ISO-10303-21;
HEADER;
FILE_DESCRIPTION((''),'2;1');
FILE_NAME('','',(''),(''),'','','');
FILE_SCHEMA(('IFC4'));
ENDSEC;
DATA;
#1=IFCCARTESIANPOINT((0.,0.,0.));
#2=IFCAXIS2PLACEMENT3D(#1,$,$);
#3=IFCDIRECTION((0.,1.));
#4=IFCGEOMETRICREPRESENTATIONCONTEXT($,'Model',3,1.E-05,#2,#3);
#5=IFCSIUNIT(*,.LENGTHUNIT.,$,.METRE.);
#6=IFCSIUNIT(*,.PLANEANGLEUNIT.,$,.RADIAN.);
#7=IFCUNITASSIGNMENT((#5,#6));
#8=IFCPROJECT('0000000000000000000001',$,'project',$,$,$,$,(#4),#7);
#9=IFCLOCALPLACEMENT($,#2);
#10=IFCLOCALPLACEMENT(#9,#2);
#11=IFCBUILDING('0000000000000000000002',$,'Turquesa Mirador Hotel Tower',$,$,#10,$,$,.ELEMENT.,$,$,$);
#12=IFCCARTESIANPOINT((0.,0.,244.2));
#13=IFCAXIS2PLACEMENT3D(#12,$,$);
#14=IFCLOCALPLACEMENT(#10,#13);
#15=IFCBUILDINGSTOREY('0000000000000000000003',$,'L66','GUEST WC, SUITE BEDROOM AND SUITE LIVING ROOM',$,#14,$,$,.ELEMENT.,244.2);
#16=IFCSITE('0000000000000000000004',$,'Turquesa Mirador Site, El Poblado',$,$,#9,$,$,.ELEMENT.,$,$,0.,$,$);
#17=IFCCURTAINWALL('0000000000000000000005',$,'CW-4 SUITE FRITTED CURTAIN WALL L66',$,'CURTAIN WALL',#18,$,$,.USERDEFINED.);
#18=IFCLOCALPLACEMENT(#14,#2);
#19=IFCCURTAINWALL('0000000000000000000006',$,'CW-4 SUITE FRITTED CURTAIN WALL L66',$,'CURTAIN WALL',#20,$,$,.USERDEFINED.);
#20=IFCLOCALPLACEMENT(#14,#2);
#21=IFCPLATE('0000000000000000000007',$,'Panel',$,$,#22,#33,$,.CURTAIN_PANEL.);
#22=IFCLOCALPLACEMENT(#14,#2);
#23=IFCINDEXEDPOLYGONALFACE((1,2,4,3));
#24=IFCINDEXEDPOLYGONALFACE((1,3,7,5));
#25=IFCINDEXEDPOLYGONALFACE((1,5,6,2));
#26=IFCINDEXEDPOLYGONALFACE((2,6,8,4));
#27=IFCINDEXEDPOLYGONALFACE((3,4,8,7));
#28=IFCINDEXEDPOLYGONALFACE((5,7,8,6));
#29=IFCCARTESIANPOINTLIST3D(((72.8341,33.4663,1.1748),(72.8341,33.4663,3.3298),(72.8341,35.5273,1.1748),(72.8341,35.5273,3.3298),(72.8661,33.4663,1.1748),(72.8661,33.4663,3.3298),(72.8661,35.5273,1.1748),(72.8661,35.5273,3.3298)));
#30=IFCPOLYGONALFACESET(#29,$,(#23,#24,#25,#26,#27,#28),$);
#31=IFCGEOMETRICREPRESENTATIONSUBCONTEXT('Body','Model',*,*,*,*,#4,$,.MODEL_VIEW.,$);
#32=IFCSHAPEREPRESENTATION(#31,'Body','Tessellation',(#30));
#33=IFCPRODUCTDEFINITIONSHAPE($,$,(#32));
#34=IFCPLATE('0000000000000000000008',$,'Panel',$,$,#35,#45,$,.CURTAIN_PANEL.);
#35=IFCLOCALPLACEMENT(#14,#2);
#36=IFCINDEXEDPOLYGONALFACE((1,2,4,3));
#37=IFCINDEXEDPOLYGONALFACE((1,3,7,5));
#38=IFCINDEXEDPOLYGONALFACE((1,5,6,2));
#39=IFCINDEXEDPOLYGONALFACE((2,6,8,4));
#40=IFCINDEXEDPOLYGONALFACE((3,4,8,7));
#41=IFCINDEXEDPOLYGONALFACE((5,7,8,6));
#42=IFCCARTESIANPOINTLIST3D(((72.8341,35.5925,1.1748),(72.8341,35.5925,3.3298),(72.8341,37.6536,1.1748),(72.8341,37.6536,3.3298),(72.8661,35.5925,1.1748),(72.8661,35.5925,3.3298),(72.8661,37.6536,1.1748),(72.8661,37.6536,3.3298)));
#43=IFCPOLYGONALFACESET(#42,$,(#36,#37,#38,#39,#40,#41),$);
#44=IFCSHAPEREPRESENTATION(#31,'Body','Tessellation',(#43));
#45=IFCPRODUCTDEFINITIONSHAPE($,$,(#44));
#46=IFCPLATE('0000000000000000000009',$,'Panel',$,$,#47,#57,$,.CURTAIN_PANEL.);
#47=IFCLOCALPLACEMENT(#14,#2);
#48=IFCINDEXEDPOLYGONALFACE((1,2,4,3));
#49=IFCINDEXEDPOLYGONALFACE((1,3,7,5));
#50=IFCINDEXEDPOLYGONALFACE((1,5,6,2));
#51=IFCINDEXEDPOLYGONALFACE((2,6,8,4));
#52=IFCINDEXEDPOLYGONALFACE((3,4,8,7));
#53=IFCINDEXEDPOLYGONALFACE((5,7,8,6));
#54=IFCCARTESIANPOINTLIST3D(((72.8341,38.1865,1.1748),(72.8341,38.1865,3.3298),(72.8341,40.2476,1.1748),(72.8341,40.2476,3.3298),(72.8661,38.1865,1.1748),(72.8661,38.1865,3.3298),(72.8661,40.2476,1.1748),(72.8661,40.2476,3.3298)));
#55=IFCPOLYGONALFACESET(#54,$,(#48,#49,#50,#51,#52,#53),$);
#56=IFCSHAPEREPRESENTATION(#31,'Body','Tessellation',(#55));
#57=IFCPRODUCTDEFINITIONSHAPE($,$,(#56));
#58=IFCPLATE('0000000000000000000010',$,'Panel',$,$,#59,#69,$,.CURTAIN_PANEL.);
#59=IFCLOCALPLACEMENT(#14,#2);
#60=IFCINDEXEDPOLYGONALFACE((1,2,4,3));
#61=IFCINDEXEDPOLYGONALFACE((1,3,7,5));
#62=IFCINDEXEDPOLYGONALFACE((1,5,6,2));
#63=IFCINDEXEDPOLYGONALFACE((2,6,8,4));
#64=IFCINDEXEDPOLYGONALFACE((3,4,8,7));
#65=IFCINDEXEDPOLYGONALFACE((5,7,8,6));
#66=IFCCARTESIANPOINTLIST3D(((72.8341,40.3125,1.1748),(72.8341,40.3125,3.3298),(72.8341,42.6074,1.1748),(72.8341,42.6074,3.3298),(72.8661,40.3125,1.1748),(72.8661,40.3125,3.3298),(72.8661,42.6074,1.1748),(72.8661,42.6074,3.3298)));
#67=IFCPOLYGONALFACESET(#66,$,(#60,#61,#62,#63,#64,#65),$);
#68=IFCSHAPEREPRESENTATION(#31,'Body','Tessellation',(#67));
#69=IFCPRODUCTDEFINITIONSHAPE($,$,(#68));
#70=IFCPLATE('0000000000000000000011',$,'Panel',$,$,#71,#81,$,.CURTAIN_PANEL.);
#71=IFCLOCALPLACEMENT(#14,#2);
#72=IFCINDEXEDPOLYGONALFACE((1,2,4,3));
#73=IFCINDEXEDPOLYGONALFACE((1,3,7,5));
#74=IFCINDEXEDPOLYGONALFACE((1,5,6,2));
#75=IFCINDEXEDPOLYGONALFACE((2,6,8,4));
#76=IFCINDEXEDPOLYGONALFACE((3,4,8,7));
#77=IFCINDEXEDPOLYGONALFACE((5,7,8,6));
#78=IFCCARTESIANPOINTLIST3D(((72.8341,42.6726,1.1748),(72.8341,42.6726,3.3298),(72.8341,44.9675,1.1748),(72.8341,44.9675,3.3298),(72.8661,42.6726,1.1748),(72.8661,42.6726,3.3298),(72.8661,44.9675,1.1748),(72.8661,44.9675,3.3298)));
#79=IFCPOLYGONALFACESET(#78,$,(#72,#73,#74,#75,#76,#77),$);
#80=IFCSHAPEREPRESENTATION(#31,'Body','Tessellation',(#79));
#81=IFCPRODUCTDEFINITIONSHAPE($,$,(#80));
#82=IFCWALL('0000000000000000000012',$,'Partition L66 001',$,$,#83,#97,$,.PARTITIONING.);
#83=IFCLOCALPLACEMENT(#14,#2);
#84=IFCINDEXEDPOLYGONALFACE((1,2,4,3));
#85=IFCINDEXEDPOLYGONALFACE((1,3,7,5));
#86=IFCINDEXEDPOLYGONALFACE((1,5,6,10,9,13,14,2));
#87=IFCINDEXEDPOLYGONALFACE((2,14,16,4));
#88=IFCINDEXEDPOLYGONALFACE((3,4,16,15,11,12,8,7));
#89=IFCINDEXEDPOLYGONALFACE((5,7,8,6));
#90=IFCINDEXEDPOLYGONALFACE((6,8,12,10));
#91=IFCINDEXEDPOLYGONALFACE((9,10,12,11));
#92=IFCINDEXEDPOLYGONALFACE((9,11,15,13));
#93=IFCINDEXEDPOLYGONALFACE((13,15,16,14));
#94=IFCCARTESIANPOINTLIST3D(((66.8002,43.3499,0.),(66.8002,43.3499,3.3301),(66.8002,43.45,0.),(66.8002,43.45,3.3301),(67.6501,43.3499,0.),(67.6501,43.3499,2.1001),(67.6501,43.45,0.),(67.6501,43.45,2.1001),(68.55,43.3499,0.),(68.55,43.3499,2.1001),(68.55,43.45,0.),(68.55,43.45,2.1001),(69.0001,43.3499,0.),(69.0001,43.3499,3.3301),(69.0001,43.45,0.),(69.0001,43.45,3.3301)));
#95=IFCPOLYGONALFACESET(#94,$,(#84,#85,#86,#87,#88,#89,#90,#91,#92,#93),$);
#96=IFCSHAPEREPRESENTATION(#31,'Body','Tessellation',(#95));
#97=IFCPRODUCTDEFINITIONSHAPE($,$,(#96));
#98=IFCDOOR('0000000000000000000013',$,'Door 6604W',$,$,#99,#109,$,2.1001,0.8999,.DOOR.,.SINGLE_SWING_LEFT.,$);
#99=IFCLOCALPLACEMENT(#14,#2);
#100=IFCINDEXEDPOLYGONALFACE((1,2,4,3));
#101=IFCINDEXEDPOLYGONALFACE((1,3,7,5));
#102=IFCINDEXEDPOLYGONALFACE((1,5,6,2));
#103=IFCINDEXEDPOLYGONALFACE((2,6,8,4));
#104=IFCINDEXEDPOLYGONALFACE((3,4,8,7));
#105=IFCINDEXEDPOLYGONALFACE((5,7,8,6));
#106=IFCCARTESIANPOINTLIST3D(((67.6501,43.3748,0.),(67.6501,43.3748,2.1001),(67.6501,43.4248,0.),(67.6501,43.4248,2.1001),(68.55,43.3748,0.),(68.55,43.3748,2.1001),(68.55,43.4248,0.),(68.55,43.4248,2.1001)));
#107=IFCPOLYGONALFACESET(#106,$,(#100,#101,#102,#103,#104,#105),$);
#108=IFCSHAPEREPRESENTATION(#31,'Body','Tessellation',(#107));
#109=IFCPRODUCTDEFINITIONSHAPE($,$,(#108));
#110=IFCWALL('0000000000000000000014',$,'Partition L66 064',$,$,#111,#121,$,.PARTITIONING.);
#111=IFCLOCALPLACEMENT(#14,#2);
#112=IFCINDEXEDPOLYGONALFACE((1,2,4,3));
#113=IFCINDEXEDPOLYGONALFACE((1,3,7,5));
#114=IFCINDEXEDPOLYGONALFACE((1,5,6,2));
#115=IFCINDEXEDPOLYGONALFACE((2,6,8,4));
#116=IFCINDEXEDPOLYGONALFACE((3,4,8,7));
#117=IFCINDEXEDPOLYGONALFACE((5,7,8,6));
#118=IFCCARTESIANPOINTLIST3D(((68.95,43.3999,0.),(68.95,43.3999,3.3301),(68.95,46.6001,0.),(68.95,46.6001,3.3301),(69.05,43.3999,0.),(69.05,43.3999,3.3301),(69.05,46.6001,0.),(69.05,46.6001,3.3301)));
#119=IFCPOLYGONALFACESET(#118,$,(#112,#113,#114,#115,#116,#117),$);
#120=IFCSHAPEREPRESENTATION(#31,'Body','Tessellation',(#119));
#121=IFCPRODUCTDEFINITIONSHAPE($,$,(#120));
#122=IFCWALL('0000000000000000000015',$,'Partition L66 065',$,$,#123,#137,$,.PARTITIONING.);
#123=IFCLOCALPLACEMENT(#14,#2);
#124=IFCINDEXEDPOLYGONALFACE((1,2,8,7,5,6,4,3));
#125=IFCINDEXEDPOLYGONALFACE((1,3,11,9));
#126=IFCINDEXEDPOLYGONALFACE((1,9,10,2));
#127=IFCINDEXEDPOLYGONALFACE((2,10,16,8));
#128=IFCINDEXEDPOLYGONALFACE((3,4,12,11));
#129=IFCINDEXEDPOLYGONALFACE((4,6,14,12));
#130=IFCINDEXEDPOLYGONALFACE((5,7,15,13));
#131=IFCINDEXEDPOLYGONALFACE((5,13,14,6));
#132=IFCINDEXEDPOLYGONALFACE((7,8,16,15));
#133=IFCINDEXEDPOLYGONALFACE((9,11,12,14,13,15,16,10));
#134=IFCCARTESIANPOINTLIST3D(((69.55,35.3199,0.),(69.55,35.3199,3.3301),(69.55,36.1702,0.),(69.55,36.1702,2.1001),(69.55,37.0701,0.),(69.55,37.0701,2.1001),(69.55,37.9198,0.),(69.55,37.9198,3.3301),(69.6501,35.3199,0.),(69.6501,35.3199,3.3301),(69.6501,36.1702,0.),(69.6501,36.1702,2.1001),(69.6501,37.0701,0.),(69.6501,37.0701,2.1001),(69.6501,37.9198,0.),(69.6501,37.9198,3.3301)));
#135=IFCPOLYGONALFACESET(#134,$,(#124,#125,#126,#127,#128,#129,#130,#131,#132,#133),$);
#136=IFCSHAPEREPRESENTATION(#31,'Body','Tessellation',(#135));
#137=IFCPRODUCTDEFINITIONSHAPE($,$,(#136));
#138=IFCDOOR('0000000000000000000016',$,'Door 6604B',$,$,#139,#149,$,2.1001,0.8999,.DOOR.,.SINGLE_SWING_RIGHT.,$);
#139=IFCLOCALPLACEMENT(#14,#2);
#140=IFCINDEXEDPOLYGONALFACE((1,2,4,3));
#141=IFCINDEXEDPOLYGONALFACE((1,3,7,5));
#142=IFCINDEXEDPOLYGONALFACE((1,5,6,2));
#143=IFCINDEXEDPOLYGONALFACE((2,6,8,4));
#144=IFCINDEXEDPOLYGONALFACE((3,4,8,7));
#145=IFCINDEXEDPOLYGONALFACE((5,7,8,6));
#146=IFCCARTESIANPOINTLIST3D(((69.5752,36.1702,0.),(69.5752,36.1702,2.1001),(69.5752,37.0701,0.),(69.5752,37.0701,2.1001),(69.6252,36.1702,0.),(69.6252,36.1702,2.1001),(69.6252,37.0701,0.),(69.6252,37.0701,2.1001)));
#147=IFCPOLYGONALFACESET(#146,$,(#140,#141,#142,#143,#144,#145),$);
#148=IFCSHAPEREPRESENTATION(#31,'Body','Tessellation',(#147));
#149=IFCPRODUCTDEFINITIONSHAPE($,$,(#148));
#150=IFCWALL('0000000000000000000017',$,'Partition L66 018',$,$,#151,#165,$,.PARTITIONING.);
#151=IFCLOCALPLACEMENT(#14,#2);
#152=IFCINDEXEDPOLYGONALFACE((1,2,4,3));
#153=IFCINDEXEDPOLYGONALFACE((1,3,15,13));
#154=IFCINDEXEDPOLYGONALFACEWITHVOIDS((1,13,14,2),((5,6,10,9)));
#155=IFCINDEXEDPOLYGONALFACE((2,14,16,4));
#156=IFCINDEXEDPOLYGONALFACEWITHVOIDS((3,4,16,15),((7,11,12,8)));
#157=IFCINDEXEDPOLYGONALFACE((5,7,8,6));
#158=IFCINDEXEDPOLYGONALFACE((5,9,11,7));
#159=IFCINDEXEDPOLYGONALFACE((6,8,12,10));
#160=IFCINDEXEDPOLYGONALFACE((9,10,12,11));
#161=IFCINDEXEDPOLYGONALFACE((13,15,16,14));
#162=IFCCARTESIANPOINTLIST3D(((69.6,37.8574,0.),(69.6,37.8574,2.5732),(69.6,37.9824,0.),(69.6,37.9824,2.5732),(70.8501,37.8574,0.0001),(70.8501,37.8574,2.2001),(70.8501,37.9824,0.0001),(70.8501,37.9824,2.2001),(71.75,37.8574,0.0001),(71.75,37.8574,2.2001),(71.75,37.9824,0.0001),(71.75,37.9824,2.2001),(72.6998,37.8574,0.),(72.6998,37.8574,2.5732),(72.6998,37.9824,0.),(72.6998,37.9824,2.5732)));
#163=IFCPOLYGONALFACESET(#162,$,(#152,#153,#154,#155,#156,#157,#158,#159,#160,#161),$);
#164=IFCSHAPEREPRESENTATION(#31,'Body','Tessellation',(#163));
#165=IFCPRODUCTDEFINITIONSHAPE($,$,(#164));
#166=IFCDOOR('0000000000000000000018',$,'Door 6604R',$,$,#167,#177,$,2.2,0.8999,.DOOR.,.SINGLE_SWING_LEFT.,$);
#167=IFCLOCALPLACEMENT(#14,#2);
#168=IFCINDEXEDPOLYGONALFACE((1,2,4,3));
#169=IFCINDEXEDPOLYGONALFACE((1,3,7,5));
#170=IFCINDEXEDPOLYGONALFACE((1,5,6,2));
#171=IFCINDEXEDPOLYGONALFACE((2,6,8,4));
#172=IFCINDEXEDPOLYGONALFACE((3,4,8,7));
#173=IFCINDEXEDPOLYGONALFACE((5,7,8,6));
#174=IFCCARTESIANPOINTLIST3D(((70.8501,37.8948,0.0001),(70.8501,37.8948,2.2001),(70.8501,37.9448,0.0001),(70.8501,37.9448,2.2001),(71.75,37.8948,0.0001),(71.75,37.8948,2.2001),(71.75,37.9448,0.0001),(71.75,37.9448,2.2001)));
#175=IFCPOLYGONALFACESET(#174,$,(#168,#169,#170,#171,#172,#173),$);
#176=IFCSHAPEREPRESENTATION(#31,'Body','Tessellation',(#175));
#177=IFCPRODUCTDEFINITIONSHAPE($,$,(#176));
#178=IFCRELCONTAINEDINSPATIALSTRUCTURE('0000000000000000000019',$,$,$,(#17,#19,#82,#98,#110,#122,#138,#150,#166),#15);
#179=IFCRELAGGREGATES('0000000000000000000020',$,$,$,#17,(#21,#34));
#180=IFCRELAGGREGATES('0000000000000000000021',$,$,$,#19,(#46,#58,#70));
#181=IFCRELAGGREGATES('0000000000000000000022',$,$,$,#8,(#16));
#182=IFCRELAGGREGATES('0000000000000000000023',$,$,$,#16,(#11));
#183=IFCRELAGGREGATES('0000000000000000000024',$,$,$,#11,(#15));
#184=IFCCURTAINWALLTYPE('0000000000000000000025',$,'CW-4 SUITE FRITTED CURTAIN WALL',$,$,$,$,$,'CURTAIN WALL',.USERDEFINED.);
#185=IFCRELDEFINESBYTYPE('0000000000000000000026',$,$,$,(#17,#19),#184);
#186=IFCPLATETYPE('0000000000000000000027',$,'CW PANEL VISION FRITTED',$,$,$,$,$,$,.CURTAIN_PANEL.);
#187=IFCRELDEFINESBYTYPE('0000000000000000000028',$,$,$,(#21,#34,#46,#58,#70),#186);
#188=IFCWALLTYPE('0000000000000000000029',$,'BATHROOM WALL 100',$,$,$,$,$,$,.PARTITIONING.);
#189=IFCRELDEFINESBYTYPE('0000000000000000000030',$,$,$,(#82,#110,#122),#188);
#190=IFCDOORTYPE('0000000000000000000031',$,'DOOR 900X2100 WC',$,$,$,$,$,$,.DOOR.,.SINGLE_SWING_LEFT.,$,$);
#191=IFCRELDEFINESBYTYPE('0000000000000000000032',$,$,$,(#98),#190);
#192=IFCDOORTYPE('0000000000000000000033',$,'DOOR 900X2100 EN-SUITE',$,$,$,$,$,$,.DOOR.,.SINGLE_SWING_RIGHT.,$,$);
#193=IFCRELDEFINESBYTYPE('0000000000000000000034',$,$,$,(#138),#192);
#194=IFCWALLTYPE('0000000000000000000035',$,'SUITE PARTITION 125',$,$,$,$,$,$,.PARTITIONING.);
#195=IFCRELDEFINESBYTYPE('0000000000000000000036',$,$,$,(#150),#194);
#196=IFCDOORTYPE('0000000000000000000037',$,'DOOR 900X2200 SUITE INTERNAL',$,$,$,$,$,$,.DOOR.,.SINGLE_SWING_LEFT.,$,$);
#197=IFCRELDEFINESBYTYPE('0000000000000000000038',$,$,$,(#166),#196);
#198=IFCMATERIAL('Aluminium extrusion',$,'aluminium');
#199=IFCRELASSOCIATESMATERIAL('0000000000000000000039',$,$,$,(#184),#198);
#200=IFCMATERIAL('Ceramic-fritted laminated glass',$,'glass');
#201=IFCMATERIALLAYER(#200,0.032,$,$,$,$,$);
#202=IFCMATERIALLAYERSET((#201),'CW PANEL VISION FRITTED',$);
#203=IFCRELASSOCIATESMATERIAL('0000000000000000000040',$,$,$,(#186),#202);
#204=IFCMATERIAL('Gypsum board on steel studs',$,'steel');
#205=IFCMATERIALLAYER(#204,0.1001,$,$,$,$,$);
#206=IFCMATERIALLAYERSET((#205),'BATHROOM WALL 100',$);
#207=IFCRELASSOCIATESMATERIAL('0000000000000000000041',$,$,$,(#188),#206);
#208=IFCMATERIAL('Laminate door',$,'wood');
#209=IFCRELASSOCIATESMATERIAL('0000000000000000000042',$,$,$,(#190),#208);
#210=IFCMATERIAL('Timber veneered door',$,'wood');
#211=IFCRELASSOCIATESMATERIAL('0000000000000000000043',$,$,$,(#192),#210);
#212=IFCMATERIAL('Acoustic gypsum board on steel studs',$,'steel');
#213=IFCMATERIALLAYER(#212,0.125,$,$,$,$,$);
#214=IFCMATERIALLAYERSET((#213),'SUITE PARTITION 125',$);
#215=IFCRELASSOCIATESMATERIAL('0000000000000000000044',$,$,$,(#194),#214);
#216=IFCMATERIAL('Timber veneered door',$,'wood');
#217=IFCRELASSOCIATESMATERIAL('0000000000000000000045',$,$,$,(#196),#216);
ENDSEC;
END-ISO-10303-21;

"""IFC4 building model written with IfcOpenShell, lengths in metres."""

from ifc_helpers import new_model, si_unit, direction, frame, frame_2d, origin, origin_2d, place, context, subcontext, project, spatial, rectangle, extrude, material, layer, layer_set, type_object, element, fill, aggregate, save


model = new_model("IFC4")

# Units and contexts
model_context = context("Model", 3, precision=1e-05, world=origin(), true_north=direction((0.0, 1.0)))
body_context = subcontext(model_context, "Body", "Model", "MODEL_VIEW")
ifc_project = project(units=[si_unit("LENGTHUNIT", "METRE"), si_unit("PLANEANGLEUNIT", "RADIAN")], contexts=[model_context])

# Site, building, storey
site_placement = place(None, origin())
site = spatial("IfcSite", under=ifc_project, at=site_placement, Name="Turquesa Mirador Site, El Poblado", CompositionType="ELEMENT", RefElevation=0.0)
building_placement = place(site_placement, origin())
building = spatial("IfcBuilding", under=site, at=building_placement, Name="Turquesa Mirador Hotel Tower", CompositionType="ELEMENT")
storey_placement = place(building_placement, frame((0.0, 0.0, 244.2)))
storey = spatial("IfcBuildingStorey", under=building, at=storey_placement, Name="L66", Description="GUEST WC, SUITE BEDROOM AND SUITE LIVING ROOM", CompositionType="ELEMENT", Elevation=244.2)

# Curtain walls
ifc_material_1 = material(Name="Aluminium extrusion", Category="aluminium")
curtain_wall_type = type_object("IfcCurtainWallType", Name="CW-4 SUITE FRITTED CURTAIN WALL", ElementType="CURTAIN WALL", PredefinedType="USERDEFINED", material=ifc_material_1)
curtain_wall_1_placement = place(storey_placement, origin())
curtain_wall_1 = element("IfcCurtainWall", 1, at=curtain_wall_1_placement, inside=storey, type_object=curtain_wall_type, Name="CW-4 SUITE FRITTED CURTAIN WALL L66", ObjectType="CURTAIN WALL", PredefinedType="USERDEFINED")
curtain_wall_2_placement = place(storey_placement, origin())
curtain_wall_2 = element("IfcCurtainWall", 2, at=curtain_wall_2_placement, inside=storey, type_object=curtain_wall_type, Name="CW-4 SUITE FRITTED CURTAIN WALL L66", ObjectType="CURTAIN WALL", PredefinedType="USERDEFINED")

# Plates
ifc_material_2 = material(Name="Ceramic-fritted laminated glass", Category="glass")
ifc_layer_1 = layer(ifc_material_2, 0.032)
ifc_layer_set_1 = layer_set([ifc_layer_1], Name="CW PANEL VISION FRITTED")
plate_type_1 = type_object("IfcPlateType", Name="CW PANEL VISION FRITTED", PredefinedType="CURTAIN_PANEL", material=ifc_layer_set_1)
plate_1_placement = place(storey_placement, frame((72.8501, 34.4968, 1.1748), z_axis=(0.0, 0.0, 1.0), x_axis=(0.0, 1.0, 0.0)))
plate_1 = element("IfcPlate", 3, at=plate_1_placement, type_object=plate_type_1, Name="Panel", PredefinedType="CURTAIN_PANEL", context=body_context, shape_type="SweptSolid", body=[
    extrude(rectangle(XDim=2.061, YDim=0.032, at=origin_2d()), origin(), (0.0, 0.0, 1.0), 2.155),
])
plate_2_placement = place(storey_placement, frame((72.8501, 36.623, 1.1748), z_axis=(0.0, 0.0, 1.0), x_axis=(0.0, 1.0, 0.0)))
plate_2 = element("IfcPlate", 4, at=plate_2_placement, type_object=plate_type_1, Name="Panel", PredefinedType="CURTAIN_PANEL", context=body_context, shape_type="SweptSolid", body=[
    extrude(rectangle(XDim=2.061, YDim=0.032, at=origin_2d()), origin(), (0.0, 0.0, 1.0), 2.155),
])
aggregate(curtain_wall_1, [plate_1, plate_2])
plate_3_placement = place(storey_placement, frame((72.8501, 39.217, 1.1748), z_axis=(0.0, 0.0, 1.0), x_axis=(0.0, 1.0, 0.0)))
plate_3 = element("IfcPlate", 5, at=plate_3_placement, type_object=plate_type_1, Name="Panel", PredefinedType="CURTAIN_PANEL", context=body_context, shape_type="SweptSolid", body=[
    extrude(rectangle(XDim=2.061, YDim=0.032, at=origin_2d()), origin(), (0.0, 0.0, 1.0), 2.155),
])
plate_4_placement = place(storey_placement, frame((72.8501, 41.46, 1.1748), z_axis=(0.0, 0.0, 1.0), x_axis=(0.0, 1.0, 0.0)))
plate_4 = element("IfcPlate", 6, at=plate_4_placement, type_object=plate_type_1, Name="Panel", PredefinedType="CURTAIN_PANEL", context=body_context, shape_type="SweptSolid", body=[
    extrude(rectangle(XDim=2.2949, YDim=0.032, at=origin_2d()), origin(), (0.0, 0.0, 1.0), 2.155),
])
plate_5_placement = place(storey_placement, frame((72.8501, 43.8201, 1.1748), z_axis=(0.0, 0.0, 1.0), x_axis=(0.0, 1.0, 0.0)))
plate_5 = element("IfcPlate", 7, at=plate_5_placement, type_object=plate_type_1, Name="Panel", PredefinedType="CURTAIN_PANEL", context=body_context, shape_type="SweptSolid", body=[
    extrude(rectangle(XDim=2.2949, YDim=0.032, at=origin_2d()), origin(), (0.0, 0.0, 1.0), 2.155),
])
aggregate(curtain_wall_2, [plate_3, plate_4, plate_5])

# Wall, opening, door
ifc_material_3 = material(Name="Gypsum board on steel studs", Category="steel")
ifc_layer_2 = layer(ifc_material_3, 0.1001)
ifc_layer_set_2 = layer_set([ifc_layer_2], Name="BATHROOM WALL 100")
wall_type_1 = type_object("IfcWallType", Name="BATHROOM WALL 100", PredefinedType="PARTITIONING", material=ifc_layer_set_2)
wall_1_placement = place(storey_placement, frame((66.8, 43.3999, 0.0), z_axis=(0.0, 0.0, 1.0), x_axis=(1.0, 0.0, 0.0)))
wall_1 = element("IfcWall", 8, at=wall_1_placement, inside=storey, type_object=wall_type_1, Name="Partition L66 001", PredefinedType="PARTITIONING", context=body_context, shape_type="SweptSolid", body=[
    extrude(rectangle(XDim=2.2, YDim=0.1001, at=frame_2d((1.1001, 0.0))), origin(), (0.0, 0.0, 1.0), 3.3301),
])
opening_1_placement = place(wall_1_placement, frame((0.8501, 0.0, 0.0)))
opening_1 = element("IfcOpeningElement", 9, at=opening_1_placement, cuts=wall_1, PredefinedType="OPENING", context=body_context, shape_type="SweptSolid", body=[
    extrude(rectangle(XDim=0.8999, YDim=2.1001, at=frame_2d((0.45, 1.05))), frame((0.0, 0.0601, 0.0), z_axis=(0.0, -1.0, 0.0), x_axis=(1.0, 0.0, 0.0)), (0.0, 0.0, 1.0), 0.1201),
])
ifc_material_4 = material(Name="Laminate door", Category="wood")
door_type_1 = type_object("IfcDoorType", Name="DOOR 900X2100 WC", OperationType="SINGLE_SWING_LEFT", PredefinedType="DOOR", material=ifc_material_4)
door_1_placement = place(opening_1_placement, origin())
door_1 = element("IfcDoor", 10, at=door_1_placement, inside=storey, type_object=door_type_1, Name="Door 6604W", OperationType="SINGLE_SWING_LEFT", OverallHeight=2.1001, OverallWidth=0.8999, PredefinedType="DOOR", context=body_context, shape_type="SweptSolid", body=[
    extrude(rectangle(XDim=0.8999, YDim=2.1001, at=frame_2d((0.45, 1.05))), frame((0.0, 0.0249, 0.0), z_axis=(0.0, -1.0, 0.0), x_axis=(1.0, 0.0, 0.0)), (0.0, 0.0, 1.0), 0.05),
])
fill(opening_1, door_1)

# Wall
wall_2_placement = place(storey_placement, frame((69.0, 43.3999, 0.0), z_axis=(0.0, 0.0, 1.0), x_axis=(0.0, 1.0, 0.0)))
element("IfcWall", 11, at=wall_2_placement, inside=storey, type_object=wall_type_1, Name="Partition L66 064", PredefinedType="PARTITIONING", context=body_context, shape_type="SweptSolid", body=[
    extrude(rectangle(XDim=3.2002, YDim=0.1001, at=frame_2d((1.6001, 0.0))), origin(), (0.0, 0.0, 1.0), 3.3301),
])

# Walls, openings, doors
wall_3_placement = place(storey_placement, frame((69.6001, 35.3201, 0.0), z_axis=(0.0, 0.0, 1.0), x_axis=(0.0, 1.0, 0.0)))
wall_3 = element("IfcWall", 12, at=wall_3_placement, inside=storey, type_object=wall_type_1, Name="Partition L66 065", PredefinedType="PARTITIONING", context=body_context, shape_type="SweptSolid", body=[
    extrude(rectangle(XDim=2.5999, YDim=0.1001, at=frame_2d((1.2998, 0.0))), origin(), (0.0, 0.0, 1.0), 3.3301),
])
opening_2_placement = place(wall_3_placement, frame((0.8501, 0.0, 0.0)))
opening_2 = element("IfcOpeningElement", 13, at=opening_2_placement, cuts=wall_3, PredefinedType="OPENING", context=body_context, shape_type="SweptSolid", body=[
    extrude(rectangle(XDim=0.8999, YDim=2.1001, at=frame_2d((0.45, 1.05))), frame((0.0, 0.0601, 0.0), z_axis=(0.0, -1.0, 0.0), x_axis=(1.0, 0.0, 0.0)), (0.0, 0.0, 1.0), 0.1201),
])
ifc_material_5 = material(Name="Timber veneered door", Category="wood")
door_type_2 = type_object("IfcDoorType", Name="DOOR 900X2100 EN-SUITE", OperationType="SINGLE_SWING_RIGHT", PredefinedType="DOOR", material=ifc_material_5)
door_2_placement = place(opening_2_placement, origin())
door_2 = element("IfcDoor", 14, at=door_2_placement, inside=storey, type_object=door_type_2, Name="Door 6604B", OperationType="SINGLE_SWING_RIGHT", OverallHeight=2.1001, OverallWidth=0.8999, PredefinedType="DOOR", context=body_context, shape_type="SweptSolid", body=[
    extrude(rectangle(XDim=0.8999, YDim=2.1001, at=frame_2d((0.45, 1.05))), frame((0.0, 0.0249, 0.0), z_axis=(0.0, -1.0, 0.0), x_axis=(1.0, 0.0, 0.0)), (0.0, 0.0, 1.0), 0.05),
])
fill(opening_2, door_2)
ifc_material_6 = material(Name="Acoustic gypsum board on steel studs", Category="steel")
ifc_layer_3 = layer(ifc_material_6, 0.125)
ifc_layer_set_3 = layer_set([ifc_layer_3], Name="SUITE PARTITION 125")
wall_type_2 = type_object("IfcWallType", Name="SUITE PARTITION 125", PredefinedType="PARTITIONING", material=ifc_layer_set_3)
wall_4_placement = place(storey_placement, frame((69.6001, 37.9199, 0.0), z_axis=(0.0, 0.0, 1.0), x_axis=(1.0, 0.0, 0.0)))
wall_4 = element("IfcWall", 15, at=wall_4_placement, inside=storey, type_object=wall_type_2, Name="Partition L66 018", PredefinedType="PARTITIONING", context=body_context, shape_type="SweptSolid", body=[
    extrude(rectangle(XDim=3.0999, YDim=0.125, at=frame_2d((1.5498, 0.0))), origin(), (0.0, 0.0, 1.0), 2.5732),
])
opening_3_placement = place(wall_4_placement, frame((1.25, 0.0, 0.0)))
opening_3 = element("IfcOpeningElement", 16, at=opening_3_placement, cuts=wall_4, PredefinedType="OPENING", context=body_context, shape_type="SweptSolid", body=[
    extrude(rectangle(XDim=0.8999, YDim=2.2, at=frame_2d((0.45, 1.1001))), frame((0.0, 0.0725, 0.0), z_axis=(0.0, -1.0, 0.0), x_axis=(1.0, 0.0, 0.0)), (0.0, 0.0, 1.0), 0.145),
])
ifc_material_7 = material(Name="Timber veneered door", Category="wood")
door_type_3 = type_object("IfcDoorType", Name="DOOR 900X2200 SUITE INTERNAL", OperationType="SINGLE_SWING_LEFT", PredefinedType="DOOR", material=ifc_material_7)
door_3_placement = place(opening_3_placement, origin())
door_3 = element("IfcDoor", 17, at=door_3_placement, inside=storey, type_object=door_type_3, Name="Door 6604R", OperationType="SINGLE_SWING_LEFT", OverallHeight=2.2, OverallWidth=0.8999, PredefinedType="DOOR", context=body_context, shape_type="SweptSolid", body=[
    extrude(rectangle(XDim=0.8999, YDim=2.2, at=frame_2d((0.45, 1.1001))), frame((0.0, 0.0249, 0.0), z_axis=(0.0, -1.0, 0.0), x_axis=(1.0, 0.0, 0.0)), (0.0, 0.0, 1.0), 0.05),
])
fill(opening_3, door_3)

save(model, "model.ifc")
